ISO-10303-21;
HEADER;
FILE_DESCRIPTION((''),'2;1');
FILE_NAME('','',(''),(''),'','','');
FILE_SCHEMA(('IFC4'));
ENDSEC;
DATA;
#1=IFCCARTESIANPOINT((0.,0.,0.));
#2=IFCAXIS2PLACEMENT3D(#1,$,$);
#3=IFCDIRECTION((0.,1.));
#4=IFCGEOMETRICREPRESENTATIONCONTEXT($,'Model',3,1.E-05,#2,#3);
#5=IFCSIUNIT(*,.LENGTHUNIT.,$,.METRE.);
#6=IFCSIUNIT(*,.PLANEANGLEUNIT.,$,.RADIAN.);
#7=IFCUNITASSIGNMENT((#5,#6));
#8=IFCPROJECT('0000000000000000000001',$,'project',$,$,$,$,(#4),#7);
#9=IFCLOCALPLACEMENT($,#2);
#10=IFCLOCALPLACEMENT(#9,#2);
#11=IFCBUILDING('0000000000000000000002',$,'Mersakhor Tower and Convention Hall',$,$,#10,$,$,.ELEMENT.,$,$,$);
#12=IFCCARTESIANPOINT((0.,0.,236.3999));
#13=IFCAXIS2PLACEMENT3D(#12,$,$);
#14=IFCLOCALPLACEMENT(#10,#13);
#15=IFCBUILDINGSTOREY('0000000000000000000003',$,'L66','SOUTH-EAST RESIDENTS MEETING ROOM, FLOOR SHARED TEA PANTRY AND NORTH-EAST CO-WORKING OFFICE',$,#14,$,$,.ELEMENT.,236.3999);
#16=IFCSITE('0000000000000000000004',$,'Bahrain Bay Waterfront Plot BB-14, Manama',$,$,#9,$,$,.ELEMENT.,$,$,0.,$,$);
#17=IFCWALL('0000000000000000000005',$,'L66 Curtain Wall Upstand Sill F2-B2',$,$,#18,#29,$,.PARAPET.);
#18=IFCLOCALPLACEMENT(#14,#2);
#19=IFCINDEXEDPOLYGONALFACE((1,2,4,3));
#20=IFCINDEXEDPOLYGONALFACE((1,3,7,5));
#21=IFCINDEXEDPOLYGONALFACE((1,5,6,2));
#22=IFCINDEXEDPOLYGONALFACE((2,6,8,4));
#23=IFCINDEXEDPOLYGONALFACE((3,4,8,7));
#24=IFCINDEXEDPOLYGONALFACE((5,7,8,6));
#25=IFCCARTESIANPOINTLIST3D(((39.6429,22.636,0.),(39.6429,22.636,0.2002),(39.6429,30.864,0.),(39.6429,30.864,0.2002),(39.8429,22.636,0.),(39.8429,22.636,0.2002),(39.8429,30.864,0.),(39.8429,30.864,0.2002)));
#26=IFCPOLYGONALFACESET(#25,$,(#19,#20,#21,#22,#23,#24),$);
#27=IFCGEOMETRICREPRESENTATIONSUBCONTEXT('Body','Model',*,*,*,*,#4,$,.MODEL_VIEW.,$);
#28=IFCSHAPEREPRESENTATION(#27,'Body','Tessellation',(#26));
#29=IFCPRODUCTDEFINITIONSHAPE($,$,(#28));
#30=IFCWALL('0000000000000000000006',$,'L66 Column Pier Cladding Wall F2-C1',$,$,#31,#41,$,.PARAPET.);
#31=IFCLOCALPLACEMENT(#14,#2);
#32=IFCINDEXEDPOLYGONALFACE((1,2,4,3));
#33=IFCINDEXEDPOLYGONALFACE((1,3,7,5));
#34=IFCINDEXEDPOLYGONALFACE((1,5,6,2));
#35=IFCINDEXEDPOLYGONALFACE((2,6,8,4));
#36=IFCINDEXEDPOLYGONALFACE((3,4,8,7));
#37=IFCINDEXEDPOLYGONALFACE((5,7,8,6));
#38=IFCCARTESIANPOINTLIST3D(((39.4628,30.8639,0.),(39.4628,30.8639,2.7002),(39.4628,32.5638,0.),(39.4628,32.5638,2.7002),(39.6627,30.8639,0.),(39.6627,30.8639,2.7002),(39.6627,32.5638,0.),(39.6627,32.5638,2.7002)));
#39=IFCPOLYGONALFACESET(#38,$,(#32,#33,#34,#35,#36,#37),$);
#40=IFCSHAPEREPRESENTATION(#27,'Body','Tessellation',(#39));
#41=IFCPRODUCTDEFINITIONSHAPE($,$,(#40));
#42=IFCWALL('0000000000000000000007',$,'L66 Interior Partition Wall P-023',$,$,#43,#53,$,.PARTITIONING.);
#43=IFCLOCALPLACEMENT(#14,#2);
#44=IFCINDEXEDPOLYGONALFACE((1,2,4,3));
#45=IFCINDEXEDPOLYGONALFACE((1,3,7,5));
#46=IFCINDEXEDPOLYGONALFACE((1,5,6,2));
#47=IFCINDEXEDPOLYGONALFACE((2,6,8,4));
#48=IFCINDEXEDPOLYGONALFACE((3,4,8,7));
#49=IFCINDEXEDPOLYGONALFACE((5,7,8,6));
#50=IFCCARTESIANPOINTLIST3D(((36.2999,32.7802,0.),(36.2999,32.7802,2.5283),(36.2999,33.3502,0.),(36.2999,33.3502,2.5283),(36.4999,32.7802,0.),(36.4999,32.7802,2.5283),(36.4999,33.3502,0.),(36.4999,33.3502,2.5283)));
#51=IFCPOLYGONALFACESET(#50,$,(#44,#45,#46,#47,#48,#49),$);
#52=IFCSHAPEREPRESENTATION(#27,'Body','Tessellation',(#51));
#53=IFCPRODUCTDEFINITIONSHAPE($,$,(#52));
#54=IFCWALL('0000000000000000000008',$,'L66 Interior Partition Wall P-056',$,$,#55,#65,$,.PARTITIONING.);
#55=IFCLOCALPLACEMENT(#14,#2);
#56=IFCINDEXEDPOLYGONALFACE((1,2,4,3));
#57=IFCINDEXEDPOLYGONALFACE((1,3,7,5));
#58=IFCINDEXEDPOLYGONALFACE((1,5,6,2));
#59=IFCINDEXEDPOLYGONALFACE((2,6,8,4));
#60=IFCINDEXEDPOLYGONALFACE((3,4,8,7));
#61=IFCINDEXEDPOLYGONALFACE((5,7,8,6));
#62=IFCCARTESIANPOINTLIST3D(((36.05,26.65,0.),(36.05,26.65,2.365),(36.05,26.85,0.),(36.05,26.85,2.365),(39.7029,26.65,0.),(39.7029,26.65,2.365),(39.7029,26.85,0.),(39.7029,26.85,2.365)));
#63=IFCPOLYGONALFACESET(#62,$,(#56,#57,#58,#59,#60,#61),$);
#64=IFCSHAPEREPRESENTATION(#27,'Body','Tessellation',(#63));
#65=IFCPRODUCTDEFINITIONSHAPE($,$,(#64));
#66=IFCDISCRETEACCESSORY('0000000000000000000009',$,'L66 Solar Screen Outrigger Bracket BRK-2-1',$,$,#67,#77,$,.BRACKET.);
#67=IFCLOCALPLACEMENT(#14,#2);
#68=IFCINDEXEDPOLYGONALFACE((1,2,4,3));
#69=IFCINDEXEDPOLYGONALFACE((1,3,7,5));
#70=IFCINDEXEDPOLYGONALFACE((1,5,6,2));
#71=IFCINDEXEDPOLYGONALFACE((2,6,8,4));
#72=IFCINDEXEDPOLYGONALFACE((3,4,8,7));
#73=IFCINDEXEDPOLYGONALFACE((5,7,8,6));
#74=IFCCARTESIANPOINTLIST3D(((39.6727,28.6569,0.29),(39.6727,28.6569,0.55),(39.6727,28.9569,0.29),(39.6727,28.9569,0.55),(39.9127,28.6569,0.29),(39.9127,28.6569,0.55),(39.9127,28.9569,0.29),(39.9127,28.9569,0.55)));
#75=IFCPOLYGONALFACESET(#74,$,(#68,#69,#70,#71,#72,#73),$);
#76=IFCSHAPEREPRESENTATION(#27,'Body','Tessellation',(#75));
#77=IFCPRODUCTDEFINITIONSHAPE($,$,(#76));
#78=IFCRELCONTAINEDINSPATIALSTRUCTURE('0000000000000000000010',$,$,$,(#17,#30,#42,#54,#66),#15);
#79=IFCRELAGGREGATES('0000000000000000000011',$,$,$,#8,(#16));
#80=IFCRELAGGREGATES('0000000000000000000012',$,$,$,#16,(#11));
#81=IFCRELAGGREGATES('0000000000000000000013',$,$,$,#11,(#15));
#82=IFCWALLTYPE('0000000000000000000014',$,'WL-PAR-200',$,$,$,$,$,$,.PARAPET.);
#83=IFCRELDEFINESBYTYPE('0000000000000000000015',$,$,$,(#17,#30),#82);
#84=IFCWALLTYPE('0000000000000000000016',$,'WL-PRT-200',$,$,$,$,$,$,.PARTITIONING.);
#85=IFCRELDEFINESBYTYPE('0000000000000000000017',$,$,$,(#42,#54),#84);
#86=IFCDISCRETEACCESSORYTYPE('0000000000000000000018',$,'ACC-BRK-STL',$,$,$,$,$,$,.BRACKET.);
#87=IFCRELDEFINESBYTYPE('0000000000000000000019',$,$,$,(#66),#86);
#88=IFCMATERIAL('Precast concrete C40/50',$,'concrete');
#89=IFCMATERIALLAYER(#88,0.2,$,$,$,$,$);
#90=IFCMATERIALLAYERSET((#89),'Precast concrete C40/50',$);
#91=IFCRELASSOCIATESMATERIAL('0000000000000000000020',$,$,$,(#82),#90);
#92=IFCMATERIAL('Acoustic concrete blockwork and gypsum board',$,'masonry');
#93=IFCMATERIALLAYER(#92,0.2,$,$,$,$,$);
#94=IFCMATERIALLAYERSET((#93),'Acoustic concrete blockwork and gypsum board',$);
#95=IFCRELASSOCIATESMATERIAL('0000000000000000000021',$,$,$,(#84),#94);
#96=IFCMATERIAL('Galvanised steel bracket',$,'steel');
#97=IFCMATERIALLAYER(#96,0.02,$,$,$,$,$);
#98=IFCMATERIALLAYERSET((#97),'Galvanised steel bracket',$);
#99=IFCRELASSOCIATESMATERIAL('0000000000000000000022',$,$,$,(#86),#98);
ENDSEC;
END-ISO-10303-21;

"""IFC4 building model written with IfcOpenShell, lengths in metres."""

from ifc_helpers import new_model, si_unit, direction, frame, frame_2d, origin, origin_2d, place, context, subcontext, project, spatial, rectangle, extrude, material, layer, layer_set, type_object, element, save


model = new_model("IFC4")

# Units and contexts
model_context = context("Model", 3, precision=1e-05, world=origin(), true_north=direction((0.0, 1.0)))
body_context = subcontext(model_context, "Body", "Model", "MODEL_VIEW")
ifc_project = project(units=[si_unit("LENGTHUNIT", "METRE"), si_unit("PLANEANGLEUNIT", "RADIAN")], contexts=[model_context])

# Site, building, storey
site_placement = place(None, origin())
site = spatial("IfcSite", under=ifc_project, at=site_placement, Name="Bahrain Bay Waterfront Plot BB-14, Manama", CompositionType="ELEMENT", RefElevation=0.0)
building_placement = place(site_placement, origin())
building = spatial("IfcBuilding", under=site, at=building_placement, Name="Mersakhor Tower and Convention Hall", CompositionType="ELEMENT")
storey_placement = place(building_placement, frame((0.0, 0.0, 236.3999)))
storey = spatial("IfcBuildingStorey", under=building, at=storey_placement, Name="L66", Description="SOUTH-EAST RESIDENTS MEETING ROOM, FLOOR SHARED TEA PANTRY AND NORTH-EAST CO-WORKING OFFICE", CompositionType="ELEMENT", Elevation=236.3999)

# Walls
ifc_material_1 = material(Name="Precast concrete C40/50", Category="concrete")
ifc_layer_1 = layer(ifc_material_1, 0.2)
ifc_layer_set_1 = layer_set([ifc_layer_1], Name="Precast concrete C40/50")
wall_type_1 = type_object("IfcWallType", Name="WL-PAR-200", PredefinedType="PARAPET", material=ifc_layer_set_1)
wall_1_placement = place(storey_placement, frame((39.7429, 30.864, 0.0), z_axis=(0.0, 0.0, 1.0), x_axis=(0.0, -1.0, 0.0)))
element("IfcWall", 1, at=wall_1_placement, inside=storey, type_object=wall_type_1, Name="L66 Curtain Wall Upstand Sill F2-B2", PredefinedType="PARAPET", context=body_context, shape_type="SweptSolid", body=[
    extrude(rectangle(XDim=8.228, YDim=0.2, at=frame_2d((4.114, 0.0))), origin(), (0.0, 0.0, 1.0), 0.2002),
])
wall_2_placement = place(storey_placement, frame((39.5627, 32.564, 0.0), z_axis=(0.0, 0.0, 1.0), x_axis=(0.0, -1.0, 0.0)))
element("IfcWall", 2, at=wall_2_placement, inside=storey, type_object=wall_type_1, Name="L66 Column Pier Cladding Wall F2-C1", PredefinedType="PARAPET", context=body_context, shape_type="SweptSolid", body=[
    extrude(rectangle(XDim=1.7, YDim=0.2, at=frame_2d((0.8501, 0.0))), origin(), (0.0, 0.0, 1.0), 2.7002),
])

# Shared definitions
ifc_material_2 = material(Name="Acoustic concrete blockwork and gypsum board", Category="masonry")
ifc_layer_2 = layer(ifc_material_2, 0.2)
ifc_layer_set_2 = layer_set([ifc_layer_2], Name="Acoustic concrete blockwork and gypsum board")
wall_type_2 = type_object("IfcWallType", Name="WL-PRT-200", PredefinedType="PARTITIONING", material=ifc_layer_set_2)

# Walls
wall_3_placement = place(storey_placement, frame((36.3999, 32.78, 0.0), z_axis=(0.0, 0.0, 1.0), x_axis=(0.0, 1.0, 0.0)))
element("IfcWall", 3, at=wall_3_placement, inside=storey, type_object=wall_type_2, Name="L66 Interior Partition Wall P-023", PredefinedType="PARTITIONING", context=body_context, shape_type="SweptSolid", body=[
    extrude(rectangle(XDim=0.5701, YDim=0.2, at=frame_2d((0.2852, 0.0))), origin(), (0.0, 0.0, 1.0), 2.5283),
])
wall_4_placement = place(storey_placement, frame((39.7029, 26.75, 0.0), z_axis=(0.0, 0.0, 1.0), x_axis=(-1.0, 0.0, 0.0)))
element("IfcWall", 4, at=wall_4_placement, inside=storey, type_object=wall_type_2, Name="L66 Interior Partition Wall P-056", PredefinedType="PARTITIONING", context=body_context, shape_type="SweptSolid", body=[
    extrude(rectangle(XDim=3.6528, YDim=0.2, at=frame_2d((1.8264, 0.0))), origin(), (0.0, 0.0, 1.0), 2.365),
])

# Discrete accessory
ifc_material_3 = material(Name="Galvanised steel bracket", Category="steel")
ifc_layer_3 = layer(ifc_material_3, 0.02)
ifc_layer_set_3 = layer_set([ifc_layer_3], Name="Galvanised steel bracket")
discrete_accessory_type = type_object("IfcDiscreteAccessoryType", Name="ACC-BRK-STL", PredefinedType="BRACKET", material=ifc_layer_set_3)
discrete_accessory_placement = place(storey_placement, frame((39.7927, 28.8069, 0.29), z_axis=(0.0, 0.0, 1.0), x_axis=(0.0, -1.0, 0.0)))
element("IfcDiscreteAccessory", 5, at=discrete_accessory_placement, inside=storey, type_object=discrete_accessory_type, Name="L66 Solar Screen Outrigger Bracket BRK-2-1", PredefinedType="BRACKET", context=body_context, shape_type="SweptSolid", body=[
    extrude(rectangle(XDim=0.3, YDim=0.24, at=origin_2d()), origin(), (0.0, 0.0, 1.0), 0.26),
])

save(model, "model.ifc")
